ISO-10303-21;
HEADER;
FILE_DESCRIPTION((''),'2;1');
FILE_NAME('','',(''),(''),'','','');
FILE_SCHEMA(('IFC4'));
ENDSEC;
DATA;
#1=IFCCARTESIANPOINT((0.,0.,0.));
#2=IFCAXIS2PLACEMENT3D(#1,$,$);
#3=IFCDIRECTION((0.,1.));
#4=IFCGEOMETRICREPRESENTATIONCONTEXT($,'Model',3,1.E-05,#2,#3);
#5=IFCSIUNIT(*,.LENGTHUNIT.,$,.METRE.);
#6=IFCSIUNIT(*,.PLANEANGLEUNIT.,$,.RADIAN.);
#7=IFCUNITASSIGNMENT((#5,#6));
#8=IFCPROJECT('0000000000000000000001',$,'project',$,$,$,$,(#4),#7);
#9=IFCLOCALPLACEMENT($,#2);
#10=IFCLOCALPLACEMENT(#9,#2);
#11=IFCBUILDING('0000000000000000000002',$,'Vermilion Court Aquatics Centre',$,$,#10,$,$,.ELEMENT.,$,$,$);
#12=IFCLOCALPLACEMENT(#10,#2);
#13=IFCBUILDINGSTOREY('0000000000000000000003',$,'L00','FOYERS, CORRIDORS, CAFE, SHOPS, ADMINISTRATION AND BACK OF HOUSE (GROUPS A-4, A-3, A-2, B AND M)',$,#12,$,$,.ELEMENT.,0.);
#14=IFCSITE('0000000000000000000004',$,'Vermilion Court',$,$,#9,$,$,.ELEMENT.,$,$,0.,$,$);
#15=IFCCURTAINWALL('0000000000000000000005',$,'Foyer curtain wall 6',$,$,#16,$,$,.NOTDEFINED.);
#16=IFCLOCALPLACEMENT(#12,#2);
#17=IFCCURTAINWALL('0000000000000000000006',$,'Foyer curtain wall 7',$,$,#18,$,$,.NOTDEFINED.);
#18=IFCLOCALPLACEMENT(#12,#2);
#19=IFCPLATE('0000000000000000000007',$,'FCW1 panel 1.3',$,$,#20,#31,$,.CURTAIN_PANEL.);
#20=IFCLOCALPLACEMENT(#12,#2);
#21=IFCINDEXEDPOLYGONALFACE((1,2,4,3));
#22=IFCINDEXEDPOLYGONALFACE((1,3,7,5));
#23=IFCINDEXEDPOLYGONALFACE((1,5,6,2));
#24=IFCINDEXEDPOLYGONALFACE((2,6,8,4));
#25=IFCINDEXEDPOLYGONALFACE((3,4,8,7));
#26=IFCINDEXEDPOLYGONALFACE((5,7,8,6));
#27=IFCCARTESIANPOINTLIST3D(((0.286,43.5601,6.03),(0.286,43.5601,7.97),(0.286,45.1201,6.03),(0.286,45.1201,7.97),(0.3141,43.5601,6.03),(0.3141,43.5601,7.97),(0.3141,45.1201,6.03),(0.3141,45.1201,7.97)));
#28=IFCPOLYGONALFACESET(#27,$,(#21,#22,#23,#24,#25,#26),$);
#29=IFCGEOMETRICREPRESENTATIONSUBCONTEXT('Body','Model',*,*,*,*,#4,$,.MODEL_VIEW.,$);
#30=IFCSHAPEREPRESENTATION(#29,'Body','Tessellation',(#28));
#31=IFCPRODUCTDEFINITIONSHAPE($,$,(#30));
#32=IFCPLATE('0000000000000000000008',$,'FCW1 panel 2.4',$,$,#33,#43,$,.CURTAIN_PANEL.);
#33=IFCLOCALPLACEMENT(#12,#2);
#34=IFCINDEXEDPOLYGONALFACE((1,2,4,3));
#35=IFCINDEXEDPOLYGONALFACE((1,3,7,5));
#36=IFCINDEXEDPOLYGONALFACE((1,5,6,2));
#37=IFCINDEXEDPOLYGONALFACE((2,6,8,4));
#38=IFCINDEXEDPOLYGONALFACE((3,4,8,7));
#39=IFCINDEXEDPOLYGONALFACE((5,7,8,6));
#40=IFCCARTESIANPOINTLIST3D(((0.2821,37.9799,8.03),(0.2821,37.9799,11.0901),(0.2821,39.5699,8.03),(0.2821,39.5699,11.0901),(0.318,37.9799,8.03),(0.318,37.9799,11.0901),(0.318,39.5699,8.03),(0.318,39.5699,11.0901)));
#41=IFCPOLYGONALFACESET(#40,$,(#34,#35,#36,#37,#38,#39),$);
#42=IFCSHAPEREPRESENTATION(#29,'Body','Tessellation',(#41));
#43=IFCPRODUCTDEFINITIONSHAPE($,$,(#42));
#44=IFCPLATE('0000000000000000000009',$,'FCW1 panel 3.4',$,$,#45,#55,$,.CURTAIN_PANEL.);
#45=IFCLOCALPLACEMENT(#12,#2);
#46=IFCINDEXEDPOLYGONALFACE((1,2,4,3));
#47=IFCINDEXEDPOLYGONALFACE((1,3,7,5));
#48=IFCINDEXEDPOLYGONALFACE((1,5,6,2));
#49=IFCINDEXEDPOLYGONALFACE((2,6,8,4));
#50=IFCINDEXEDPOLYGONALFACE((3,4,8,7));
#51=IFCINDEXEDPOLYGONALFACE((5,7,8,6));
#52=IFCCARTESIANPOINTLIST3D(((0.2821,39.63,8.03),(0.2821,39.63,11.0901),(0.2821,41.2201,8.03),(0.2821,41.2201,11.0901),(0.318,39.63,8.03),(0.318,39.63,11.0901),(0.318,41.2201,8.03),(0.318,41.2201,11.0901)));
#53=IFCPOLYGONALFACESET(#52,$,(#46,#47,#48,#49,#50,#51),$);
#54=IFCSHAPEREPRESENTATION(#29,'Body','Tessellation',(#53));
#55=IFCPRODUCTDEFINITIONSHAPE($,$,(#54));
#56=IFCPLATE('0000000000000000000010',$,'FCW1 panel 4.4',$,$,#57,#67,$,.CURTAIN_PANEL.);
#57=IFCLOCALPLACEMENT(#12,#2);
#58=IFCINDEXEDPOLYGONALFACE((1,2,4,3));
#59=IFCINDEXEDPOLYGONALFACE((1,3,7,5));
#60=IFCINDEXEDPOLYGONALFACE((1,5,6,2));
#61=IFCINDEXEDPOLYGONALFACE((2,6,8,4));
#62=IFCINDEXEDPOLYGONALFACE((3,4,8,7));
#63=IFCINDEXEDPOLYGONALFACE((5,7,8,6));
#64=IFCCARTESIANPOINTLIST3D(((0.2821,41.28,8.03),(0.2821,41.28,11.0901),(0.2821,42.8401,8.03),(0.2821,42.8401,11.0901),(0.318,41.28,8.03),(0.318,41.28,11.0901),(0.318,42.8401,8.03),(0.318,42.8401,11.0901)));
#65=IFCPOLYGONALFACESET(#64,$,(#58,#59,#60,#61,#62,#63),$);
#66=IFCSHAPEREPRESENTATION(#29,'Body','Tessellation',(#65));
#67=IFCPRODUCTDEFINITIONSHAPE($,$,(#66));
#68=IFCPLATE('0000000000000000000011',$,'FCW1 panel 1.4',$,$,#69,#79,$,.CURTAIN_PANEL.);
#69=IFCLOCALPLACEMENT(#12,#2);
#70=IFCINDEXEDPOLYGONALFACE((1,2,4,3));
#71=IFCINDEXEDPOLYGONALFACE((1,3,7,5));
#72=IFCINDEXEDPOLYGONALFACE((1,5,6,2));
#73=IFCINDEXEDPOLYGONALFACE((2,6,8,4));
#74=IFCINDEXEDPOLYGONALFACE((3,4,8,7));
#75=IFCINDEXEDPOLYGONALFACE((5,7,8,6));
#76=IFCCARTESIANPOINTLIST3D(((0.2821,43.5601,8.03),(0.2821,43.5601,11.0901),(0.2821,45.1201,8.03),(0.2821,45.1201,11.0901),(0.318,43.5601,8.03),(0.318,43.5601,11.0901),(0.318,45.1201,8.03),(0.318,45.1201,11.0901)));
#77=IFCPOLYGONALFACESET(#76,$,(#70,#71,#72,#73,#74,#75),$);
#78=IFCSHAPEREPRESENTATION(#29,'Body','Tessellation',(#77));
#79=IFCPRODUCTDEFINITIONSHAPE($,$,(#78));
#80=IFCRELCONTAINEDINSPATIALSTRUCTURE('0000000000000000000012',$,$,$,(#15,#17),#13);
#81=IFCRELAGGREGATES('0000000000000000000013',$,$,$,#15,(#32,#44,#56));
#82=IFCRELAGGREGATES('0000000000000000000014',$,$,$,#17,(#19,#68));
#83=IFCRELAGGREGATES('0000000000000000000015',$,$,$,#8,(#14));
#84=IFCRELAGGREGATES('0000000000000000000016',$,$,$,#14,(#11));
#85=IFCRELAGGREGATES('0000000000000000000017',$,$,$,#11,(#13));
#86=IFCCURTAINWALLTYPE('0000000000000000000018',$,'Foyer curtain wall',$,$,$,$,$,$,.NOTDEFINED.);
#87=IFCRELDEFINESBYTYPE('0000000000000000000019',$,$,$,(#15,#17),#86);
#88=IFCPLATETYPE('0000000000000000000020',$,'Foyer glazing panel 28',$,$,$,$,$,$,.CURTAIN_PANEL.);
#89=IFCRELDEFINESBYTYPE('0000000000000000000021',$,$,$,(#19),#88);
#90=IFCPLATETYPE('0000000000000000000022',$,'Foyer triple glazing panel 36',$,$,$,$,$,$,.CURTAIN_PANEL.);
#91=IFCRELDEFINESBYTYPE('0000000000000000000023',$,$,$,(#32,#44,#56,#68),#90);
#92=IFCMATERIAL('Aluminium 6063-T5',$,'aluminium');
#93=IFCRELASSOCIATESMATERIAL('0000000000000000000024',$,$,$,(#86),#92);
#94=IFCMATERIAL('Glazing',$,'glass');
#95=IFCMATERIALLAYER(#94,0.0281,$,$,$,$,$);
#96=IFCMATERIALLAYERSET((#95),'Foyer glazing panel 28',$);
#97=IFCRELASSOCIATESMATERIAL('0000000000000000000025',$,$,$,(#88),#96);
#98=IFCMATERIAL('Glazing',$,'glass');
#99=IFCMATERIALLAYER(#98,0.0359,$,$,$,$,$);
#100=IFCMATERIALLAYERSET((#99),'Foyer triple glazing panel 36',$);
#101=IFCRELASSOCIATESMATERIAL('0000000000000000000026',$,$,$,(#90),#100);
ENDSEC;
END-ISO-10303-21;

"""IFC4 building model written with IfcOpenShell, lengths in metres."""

from ifc_helpers import new_model, si_unit, direction, frame, origin, origin_2d, place, context, subcontext, project, spatial, rectangle, extrude, material, layer, layer_set, type_object, element, aggregate, save


model = new_model("IFC4")

# Units and contexts
model_context = context("Model", 3, precision=1e-05, world=origin(), true_north=direction((0.0, 1.0)))
body_context = subcontext(model_context, "Body", "Model", "MODEL_VIEW")
ifc_project = project(units=[si_unit("LENGTHUNIT", "METRE"), si_unit("PLANEANGLEUNIT", "RADIAN")], contexts=[model_context])

# Site, building, storey
site_placement = place(None, origin())
site = spatial("IfcSite", under=ifc_project, at=site_placement, Name="Vermilion Court", CompositionType="ELEMENT", RefElevation=0.0)
building_placement = place(site_placement, origin())
building = spatial("IfcBuilding", under=site, at=building_placement, Name="Vermilion Court Aquatics Centre", CompositionType="ELEMENT")
storey_placement = place(building_placement, origin())
storey = spatial("IfcBuildingStorey", under=building, at=storey_placement, Name="L00", Description="FOYERS, CORRIDORS, CAFE, SHOPS, ADMINISTRATION AND BACK OF HOUSE (GROUPS A-4, A-3, A-2, B AND M)", CompositionType="ELEMENT", Elevation=0.0)

# Curtain walls
ifc_material_1 = material(Name="Aluminium 6063-T5", Category="aluminium")
curtain_wall_type = type_object("IfcCurtainWallType", Name="Foyer curtain wall", PredefinedType="NOTDEFINED", material=ifc_material_1)
curtain_wall_1_placement = place(storey_placement, origin())
curtain_wall_1 = element("IfcCurtainWall", 1, at=curtain_wall_1_placement, inside=storey, type_object=curtain_wall_type, Name="Foyer curtain wall 6", PredefinedType="NOTDEFINED")
curtain_wall_2_placement = place(storey_placement, origin())
curtain_wall_2 = element("IfcCurtainWall", 2, at=curtain_wall_2_placement, inside=storey, type_object=curtain_wall_type, Name="Foyer curtain wall 7", PredefinedType="NOTDEFINED")

# Plates
ifc_material_2 = material(Name="Glazing", Category="glass")
ifc_layer_1 = layer(ifc_material_2, 0.0281)
ifc_layer_set_1 = layer_set([ifc_layer_1], Name="Foyer glazing panel 28")
plate_type_1 = type_object("IfcPlateType", Name="Foyer glazing panel 28", PredefinedType="CURTAIN_PANEL", material=ifc_layer_set_1)
plate_1_placement = place(storey_placement, frame((0.3, 44.3401, 6.03), z_axis=(0.0, 0.0, 1.0), x_axis=(0.0, 1.0, 0.0)))
plate_1 = element("IfcPlate", 3, at=plate_1_placement, type_object=plate_type_1, Name="FCW1 panel 1.3", PredefinedType="CURTAIN_PANEL", context=body_context, shape_type="SweptSolid", body=[
    extrude(rectangle(XDim=1.5601, YDim=0.0281, at=origin_2d()), origin(), (0.0, 0.0, 1.0), 1.9399),
])
ifc_material_3 = material(Name="Glazing", Category="glass")
ifc_layer_2 = layer(ifc_material_3, 0.0359)
ifc_layer_set_2 = layer_set([ifc_layer_2], Name="Foyer triple glazing panel 36")
plate_type_2 = type_object("IfcPlateType", Name="Foyer triple glazing panel 36", PredefinedType="CURTAIN_PANEL", material=ifc_layer_set_2)
plate_2_placement = place(storey_placement, frame((0.3, 38.7749, 8.03), z_axis=(0.0, 0.0, 1.0), x_axis=(0.0, 1.0, 0.0)))
plate_2 = element("IfcPlate", 4, at=plate_2_placement, type_object=plate_type_2, Name="FCW1 panel 2.4", PredefinedType="CURTAIN_PANEL", context=body_context, shape_type="SweptSolid", body=[
    extrude(rectangle(XDim=1.5901, YDim=0.0359, at=origin_2d()), origin(), (0.0, 0.0, 1.0), 3.0601),
])
plate_3_placement = place(storey_placement, frame((0.3, 40.425, 8.03), z_axis=(0.0, 0.0, 1.0), x_axis=(0.0, 1.0, 0.0)))
plate_3 = element("IfcPlate", 5, at=plate_3_placement, type_object=plate_type_2, Name="FCW1 panel 3.4", PredefinedType="CURTAIN_PANEL", context=body_context, shape_type="SweptSolid", body=[
    extrude(rectangle(XDim=1.5901, YDim=0.0359, at=origin_2d()), origin(), (0.0, 0.0, 1.0), 3.0601),
])
plate_4_placement = place(storey_placement, frame((0.3, 42.0601, 8.03), z_axis=(0.0, 0.0, 1.0), x_axis=(0.0, 1.0, 0.0)))
plate_4 = element("IfcPlate", 6, at=plate_4_placement, type_object=plate_type_2, Name="FCW1 panel 4.4", PredefinedType="CURTAIN_PANEL", context=body_context, shape_type="SweptSolid", body=[
    extrude(rectangle(XDim=1.5601, YDim=0.0359, at=origin_2d()), origin(), (0.0, 0.0, 1.0), 3.0601),
])
aggregate(curtain_wall_1, [plate_2, plate_3, plate_4])
plate_5_placement = place(storey_placement, frame((0.3, 44.3401, 8.03), z_axis=(0.0, 0.0, 1.0), x_axis=(0.0, 1.0, 0.0)))
plate_5 = element("IfcPlate", 7, at=plate_5_placement, type_object=plate_type_2, Name="FCW1 panel 1.4", PredefinedType="CURTAIN_PANEL", context=body_context, shape_type="SweptSolid", body=[
    extrude(rectangle(XDim=1.5601, YDim=0.0359, at=origin_2d()), origin(), (0.0, 0.0, 1.0), 3.0601),
])
aggregate(curtain_wall_2, [plate_1, plate_5])

save(model, "model.ifc")
